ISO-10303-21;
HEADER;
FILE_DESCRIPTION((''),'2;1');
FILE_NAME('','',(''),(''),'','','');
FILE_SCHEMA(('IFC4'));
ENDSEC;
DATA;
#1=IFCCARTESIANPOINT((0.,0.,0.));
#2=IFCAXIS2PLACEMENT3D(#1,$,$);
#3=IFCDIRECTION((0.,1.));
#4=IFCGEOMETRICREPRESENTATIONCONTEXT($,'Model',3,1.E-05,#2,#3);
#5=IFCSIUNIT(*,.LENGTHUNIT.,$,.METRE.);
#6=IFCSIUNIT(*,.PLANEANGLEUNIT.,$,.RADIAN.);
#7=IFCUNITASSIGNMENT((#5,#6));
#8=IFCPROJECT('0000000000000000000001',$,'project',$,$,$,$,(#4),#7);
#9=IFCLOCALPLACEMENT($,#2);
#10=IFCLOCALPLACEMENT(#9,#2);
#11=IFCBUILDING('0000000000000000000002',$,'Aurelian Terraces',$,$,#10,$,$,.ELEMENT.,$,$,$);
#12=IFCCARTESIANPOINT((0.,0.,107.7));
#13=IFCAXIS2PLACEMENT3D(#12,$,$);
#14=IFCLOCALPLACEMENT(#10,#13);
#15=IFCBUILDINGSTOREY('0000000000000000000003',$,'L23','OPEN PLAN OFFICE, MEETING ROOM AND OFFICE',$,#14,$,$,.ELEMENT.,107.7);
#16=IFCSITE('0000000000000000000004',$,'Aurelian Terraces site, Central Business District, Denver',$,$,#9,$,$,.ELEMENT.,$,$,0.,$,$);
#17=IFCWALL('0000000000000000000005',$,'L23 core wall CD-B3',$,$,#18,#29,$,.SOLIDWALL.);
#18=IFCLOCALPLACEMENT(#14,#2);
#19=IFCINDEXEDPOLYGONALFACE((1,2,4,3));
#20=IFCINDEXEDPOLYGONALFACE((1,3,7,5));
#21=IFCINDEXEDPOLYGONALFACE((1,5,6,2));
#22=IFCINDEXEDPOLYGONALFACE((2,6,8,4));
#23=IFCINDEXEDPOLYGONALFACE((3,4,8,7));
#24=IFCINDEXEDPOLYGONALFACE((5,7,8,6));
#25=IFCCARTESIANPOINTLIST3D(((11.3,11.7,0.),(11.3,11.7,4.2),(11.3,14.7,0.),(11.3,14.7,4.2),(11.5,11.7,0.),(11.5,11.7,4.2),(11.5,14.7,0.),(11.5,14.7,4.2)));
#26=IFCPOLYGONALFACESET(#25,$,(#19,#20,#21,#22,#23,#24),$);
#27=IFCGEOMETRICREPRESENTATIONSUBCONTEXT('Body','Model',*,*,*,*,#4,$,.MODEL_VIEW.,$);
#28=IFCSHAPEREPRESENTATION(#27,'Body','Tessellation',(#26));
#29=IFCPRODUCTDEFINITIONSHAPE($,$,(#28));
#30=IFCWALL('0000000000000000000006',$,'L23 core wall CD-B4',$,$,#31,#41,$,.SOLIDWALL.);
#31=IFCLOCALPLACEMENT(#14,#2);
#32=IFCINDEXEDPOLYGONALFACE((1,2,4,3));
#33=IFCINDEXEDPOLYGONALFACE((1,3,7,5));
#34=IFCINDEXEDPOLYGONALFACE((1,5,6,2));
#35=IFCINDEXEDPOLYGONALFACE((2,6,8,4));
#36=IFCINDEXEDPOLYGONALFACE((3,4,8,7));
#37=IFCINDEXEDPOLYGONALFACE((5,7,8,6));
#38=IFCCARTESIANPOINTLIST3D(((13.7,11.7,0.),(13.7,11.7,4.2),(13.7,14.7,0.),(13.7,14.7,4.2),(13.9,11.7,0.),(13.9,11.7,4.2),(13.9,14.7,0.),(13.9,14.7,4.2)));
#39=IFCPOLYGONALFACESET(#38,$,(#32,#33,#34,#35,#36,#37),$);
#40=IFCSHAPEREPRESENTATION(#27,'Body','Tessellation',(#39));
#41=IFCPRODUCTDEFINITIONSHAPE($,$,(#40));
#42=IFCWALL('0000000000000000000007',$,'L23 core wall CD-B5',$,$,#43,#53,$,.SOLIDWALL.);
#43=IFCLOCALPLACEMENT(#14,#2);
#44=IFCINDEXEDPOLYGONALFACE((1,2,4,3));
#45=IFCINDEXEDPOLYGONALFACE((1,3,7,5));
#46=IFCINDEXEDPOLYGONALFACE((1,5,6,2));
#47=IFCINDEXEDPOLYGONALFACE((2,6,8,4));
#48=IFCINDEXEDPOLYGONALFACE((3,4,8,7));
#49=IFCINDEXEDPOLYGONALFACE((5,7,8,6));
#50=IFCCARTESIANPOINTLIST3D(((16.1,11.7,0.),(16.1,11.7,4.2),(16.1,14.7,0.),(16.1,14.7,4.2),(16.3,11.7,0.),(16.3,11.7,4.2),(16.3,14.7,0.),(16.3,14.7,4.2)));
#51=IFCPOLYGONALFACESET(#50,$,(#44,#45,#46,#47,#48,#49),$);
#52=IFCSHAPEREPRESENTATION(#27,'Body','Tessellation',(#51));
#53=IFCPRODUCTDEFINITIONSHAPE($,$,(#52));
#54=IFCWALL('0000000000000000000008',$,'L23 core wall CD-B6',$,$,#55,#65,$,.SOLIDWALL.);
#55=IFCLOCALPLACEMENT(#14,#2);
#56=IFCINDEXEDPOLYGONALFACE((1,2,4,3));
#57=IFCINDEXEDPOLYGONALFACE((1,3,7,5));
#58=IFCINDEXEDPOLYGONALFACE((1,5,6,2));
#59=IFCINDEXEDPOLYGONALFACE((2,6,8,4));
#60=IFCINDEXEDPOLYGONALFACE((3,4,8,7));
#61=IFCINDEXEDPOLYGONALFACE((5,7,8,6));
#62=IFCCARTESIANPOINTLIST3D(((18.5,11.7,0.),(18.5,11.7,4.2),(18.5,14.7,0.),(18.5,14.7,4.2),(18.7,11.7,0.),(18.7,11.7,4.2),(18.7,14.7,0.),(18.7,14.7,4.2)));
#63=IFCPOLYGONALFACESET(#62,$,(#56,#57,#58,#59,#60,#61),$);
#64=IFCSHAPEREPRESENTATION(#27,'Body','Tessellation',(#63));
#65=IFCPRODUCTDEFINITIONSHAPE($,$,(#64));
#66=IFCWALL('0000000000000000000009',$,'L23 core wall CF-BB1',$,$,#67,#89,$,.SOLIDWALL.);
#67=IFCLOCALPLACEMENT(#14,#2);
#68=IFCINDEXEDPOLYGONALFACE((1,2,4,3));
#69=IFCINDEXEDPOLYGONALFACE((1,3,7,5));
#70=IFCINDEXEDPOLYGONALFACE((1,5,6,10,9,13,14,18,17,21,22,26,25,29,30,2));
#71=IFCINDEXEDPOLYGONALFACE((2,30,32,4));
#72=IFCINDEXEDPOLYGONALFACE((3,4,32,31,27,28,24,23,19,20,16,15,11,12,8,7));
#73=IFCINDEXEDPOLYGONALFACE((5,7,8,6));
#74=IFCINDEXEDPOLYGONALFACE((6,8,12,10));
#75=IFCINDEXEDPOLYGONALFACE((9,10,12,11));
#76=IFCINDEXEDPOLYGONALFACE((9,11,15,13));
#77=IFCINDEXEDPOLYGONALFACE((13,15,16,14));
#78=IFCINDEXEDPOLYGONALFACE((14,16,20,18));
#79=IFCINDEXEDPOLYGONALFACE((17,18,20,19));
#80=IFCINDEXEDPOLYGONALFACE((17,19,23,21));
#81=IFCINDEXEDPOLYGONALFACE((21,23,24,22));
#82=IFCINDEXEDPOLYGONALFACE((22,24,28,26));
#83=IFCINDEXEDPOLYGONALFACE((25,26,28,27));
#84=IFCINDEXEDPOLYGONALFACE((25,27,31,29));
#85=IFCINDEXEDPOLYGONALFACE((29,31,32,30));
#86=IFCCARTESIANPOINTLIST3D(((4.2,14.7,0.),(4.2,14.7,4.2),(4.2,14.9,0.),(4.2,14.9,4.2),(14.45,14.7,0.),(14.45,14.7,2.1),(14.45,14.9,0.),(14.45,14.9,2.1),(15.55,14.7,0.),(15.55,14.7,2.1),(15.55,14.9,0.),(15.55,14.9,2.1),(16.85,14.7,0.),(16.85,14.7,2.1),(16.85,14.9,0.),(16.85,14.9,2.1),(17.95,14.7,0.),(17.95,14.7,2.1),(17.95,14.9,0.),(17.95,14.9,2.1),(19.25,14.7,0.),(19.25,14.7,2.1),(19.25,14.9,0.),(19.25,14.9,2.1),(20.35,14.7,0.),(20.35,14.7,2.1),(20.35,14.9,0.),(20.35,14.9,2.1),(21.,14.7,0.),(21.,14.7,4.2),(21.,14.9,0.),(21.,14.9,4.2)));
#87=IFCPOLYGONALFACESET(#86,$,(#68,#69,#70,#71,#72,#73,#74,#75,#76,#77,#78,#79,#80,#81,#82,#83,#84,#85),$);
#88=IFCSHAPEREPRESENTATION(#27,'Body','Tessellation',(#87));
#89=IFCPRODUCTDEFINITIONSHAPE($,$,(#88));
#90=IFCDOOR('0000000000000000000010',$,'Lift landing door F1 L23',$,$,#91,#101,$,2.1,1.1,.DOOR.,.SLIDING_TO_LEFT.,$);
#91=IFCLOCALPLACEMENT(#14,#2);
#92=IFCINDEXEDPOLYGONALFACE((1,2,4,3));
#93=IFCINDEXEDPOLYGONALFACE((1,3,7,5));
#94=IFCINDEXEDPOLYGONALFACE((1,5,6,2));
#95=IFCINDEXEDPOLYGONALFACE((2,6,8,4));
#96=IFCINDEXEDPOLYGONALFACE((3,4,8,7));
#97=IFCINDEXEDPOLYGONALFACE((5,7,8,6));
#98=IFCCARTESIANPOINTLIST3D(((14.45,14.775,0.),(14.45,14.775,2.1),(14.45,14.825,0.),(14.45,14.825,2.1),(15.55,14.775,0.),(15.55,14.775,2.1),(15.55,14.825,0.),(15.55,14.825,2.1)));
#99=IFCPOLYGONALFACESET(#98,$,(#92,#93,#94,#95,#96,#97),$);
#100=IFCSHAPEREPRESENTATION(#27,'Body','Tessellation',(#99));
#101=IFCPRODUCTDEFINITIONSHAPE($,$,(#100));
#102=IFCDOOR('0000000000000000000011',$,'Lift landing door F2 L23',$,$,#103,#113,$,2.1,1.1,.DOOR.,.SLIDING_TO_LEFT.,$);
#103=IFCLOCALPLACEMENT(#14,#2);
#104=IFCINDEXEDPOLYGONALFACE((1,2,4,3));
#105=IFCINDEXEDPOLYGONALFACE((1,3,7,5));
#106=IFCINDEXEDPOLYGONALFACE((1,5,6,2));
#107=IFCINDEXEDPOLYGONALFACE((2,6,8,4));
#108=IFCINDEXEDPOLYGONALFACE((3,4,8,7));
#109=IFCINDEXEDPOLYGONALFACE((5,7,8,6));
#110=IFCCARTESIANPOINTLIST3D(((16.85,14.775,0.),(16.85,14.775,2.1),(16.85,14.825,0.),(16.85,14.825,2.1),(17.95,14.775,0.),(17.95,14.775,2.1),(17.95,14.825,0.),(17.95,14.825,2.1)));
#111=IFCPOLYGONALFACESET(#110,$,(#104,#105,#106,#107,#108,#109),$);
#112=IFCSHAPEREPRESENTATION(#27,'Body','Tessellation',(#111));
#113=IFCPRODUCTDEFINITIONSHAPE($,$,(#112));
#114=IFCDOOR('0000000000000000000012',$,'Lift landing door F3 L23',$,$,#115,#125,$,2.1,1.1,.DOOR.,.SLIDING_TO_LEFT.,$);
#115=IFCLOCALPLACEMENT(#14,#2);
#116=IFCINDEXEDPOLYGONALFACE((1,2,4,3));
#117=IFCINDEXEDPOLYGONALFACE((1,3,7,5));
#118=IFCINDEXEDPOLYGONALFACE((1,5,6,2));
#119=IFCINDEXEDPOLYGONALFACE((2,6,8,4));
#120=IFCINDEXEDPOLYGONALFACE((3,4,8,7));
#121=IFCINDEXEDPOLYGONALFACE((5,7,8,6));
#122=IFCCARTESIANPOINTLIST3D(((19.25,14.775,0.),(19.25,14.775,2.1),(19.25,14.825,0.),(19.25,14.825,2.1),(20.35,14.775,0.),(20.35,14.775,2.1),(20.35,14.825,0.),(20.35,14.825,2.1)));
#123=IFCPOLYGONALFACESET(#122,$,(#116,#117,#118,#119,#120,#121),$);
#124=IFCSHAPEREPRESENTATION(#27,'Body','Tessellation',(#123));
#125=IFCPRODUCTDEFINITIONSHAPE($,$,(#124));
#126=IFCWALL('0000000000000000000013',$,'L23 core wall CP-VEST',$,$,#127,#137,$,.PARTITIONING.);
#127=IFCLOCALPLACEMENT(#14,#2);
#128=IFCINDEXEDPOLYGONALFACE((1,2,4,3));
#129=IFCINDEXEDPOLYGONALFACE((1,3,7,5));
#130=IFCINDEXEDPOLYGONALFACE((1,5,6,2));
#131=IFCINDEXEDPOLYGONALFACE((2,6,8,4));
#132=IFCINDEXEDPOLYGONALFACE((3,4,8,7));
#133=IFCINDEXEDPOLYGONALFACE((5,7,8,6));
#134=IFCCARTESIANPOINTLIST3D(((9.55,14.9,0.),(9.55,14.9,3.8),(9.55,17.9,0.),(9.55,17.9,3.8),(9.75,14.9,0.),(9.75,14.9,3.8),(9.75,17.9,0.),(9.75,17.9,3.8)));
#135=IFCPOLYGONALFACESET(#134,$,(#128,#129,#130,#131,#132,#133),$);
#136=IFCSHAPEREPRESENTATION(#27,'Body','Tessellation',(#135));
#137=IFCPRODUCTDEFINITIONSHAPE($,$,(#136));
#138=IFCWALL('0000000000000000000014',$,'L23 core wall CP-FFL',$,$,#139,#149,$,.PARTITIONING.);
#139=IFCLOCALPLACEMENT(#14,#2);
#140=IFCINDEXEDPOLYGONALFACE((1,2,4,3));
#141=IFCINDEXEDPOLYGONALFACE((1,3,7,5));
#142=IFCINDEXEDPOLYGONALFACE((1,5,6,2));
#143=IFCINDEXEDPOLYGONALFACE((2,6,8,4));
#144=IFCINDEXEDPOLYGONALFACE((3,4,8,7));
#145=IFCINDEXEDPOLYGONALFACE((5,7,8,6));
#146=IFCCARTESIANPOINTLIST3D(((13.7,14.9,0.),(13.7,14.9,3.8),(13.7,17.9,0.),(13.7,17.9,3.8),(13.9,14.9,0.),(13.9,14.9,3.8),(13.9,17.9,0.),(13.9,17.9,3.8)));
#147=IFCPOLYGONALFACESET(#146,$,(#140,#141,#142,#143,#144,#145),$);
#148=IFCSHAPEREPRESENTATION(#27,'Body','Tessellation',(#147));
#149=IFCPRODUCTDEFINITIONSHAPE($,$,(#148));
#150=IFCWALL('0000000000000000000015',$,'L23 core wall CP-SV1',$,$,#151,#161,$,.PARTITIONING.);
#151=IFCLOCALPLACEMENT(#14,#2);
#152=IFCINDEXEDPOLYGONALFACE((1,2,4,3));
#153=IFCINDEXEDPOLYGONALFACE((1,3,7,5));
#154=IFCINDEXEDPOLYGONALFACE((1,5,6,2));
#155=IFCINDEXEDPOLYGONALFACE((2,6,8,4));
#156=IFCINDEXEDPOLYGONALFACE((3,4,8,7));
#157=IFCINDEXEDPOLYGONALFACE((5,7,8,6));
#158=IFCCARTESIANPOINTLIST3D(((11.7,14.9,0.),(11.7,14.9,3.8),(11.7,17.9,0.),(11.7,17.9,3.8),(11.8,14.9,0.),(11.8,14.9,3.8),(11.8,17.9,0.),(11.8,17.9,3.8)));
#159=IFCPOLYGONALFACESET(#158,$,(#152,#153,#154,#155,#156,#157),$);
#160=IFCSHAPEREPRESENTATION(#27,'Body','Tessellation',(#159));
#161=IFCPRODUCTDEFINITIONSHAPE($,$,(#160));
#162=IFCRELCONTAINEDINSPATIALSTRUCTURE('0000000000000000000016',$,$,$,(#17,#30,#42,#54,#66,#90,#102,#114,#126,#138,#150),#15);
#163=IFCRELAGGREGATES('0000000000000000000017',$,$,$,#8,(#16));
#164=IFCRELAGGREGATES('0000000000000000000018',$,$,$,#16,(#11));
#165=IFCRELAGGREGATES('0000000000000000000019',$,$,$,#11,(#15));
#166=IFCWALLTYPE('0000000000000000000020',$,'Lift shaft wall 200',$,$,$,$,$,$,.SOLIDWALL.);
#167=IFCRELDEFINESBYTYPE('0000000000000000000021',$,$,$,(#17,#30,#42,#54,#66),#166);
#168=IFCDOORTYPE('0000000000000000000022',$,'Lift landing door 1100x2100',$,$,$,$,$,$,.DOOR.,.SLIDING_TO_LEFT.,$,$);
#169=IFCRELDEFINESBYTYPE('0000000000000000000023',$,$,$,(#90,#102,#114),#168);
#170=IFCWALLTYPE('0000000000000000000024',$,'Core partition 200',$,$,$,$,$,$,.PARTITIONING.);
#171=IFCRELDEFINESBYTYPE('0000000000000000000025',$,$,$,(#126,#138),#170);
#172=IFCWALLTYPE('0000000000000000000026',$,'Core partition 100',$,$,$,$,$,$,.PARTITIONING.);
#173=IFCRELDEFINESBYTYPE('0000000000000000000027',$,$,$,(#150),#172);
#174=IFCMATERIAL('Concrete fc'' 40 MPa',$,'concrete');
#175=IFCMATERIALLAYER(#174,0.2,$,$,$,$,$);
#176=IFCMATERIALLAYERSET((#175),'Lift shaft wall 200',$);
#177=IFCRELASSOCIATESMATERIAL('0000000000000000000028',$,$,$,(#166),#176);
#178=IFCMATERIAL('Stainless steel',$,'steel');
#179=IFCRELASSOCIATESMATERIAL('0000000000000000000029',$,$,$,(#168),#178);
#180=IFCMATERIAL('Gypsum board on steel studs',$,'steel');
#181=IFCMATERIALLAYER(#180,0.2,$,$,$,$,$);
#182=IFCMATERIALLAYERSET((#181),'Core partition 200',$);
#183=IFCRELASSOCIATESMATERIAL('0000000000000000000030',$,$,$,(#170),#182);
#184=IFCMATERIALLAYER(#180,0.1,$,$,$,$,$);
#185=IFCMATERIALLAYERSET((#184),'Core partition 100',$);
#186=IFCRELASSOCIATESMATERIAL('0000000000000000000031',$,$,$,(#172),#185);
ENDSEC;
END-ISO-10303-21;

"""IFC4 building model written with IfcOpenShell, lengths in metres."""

from ifc_helpers import new_model, si_unit, direction, frame, frame_2d, origin, place, context, subcontext, project, spatial, rectangle, extrude, source, transform, mapped, material, layer, layer_set, type_object, element, fill, save


model = new_model("IFC4")

# Units and contexts
model_context = context("Model", 3, precision=1e-05, world=origin(), true_north=direction((0.0, 1.0)))
body_context = subcontext(model_context, "Body", "Model", "MODEL_VIEW")
ifc_project = project(units=[si_unit("LENGTHUNIT", "METRE"), si_unit("PLANEANGLEUNIT", "RADIAN")], contexts=[model_context])

# Site, building, storey
site_placement = place(None, origin())
site = spatial("IfcSite", under=ifc_project, at=site_placement, Name="Aurelian Terraces site, Central Business District, Denver", CompositionType="ELEMENT", RefElevation=0.0)
building_placement = place(site_placement, origin())
building = spatial("IfcBuilding", under=site, at=building_placement, Name="Aurelian Terraces", CompositionType="ELEMENT")
storey_placement = place(building_placement, frame((0.0, 0.0, 107.7)))
storey = spatial("IfcBuildingStorey", under=building, at=storey_placement, Name="L23", Description="OPEN PLAN OFFICE, MEETING ROOM AND OFFICE", CompositionType="ELEMENT", Elevation=107.7)

# Walls
ifc_material_1 = material(Name="Concrete fc' 40 MPa", Category="concrete")
ifc_layer_1 = layer(ifc_material_1, 0.2)
ifc_layer_set_1 = layer_set([ifc_layer_1], Name="Lift shaft wall 200")
wall_type_1 = type_object("IfcWallType", Name="Lift shaft wall 200", PredefinedType="SOLIDWALL", material=ifc_layer_set_1)
shared_shape_1 = source(origin(), body_context, "Body", "SweptSolid", [
    extrude(rectangle(XDim=3.0, YDim=0.2, at=frame_2d((1.5, 0.0))), origin(), (0.0, 0.0, 1.0), 4.2),
])
for number, where, z_axis, x_axis, name in (
    (1, (11.4, 11.7, 0.0), (0.0, 0.0, 1.0), (0.0, 1.0, 0.0), "L23 core wall CD-B3"),
    (2, (13.8, 11.7, 0.0), (0.0, 0.0, 1.0), (0.0, 1.0, 0.0), "L23 core wall CD-B4"),
    (3, (16.2, 11.7, 0.0), (0.0, 0.0, 1.0), (0.0, 1.0, 0.0), "L23 core wall CD-B5"),
    (4, (18.6, 11.7, 0.0), (0.0, 0.0, 1.0), (0.0, 1.0, 0.0), "L23 core wall CD-B6"),
):
    element("IfcWall", number, at=place(storey_placement, frame(where, z_axis=z_axis, x_axis=x_axis)), inside=storey, type_object=wall_type_1, Name=name, PredefinedType="SOLIDWALL", context=body_context, shape_type="MappedRepresentation", body=[
        mapped(shared_shape_1, transform((0.0, 0.0, 0.0), scale=1.0)),
    ])

# Wall, openings, doors
shared_shape_2 = source(origin(), body_context, "Body", "SweptSolid", [
    extrude(rectangle(XDim=16.8, YDim=0.2, at=frame_2d((8.4, 0.0))), origin(), (0.0, 0.0, 1.0), 4.2),
])
wall_1_placement = place(storey_placement, frame((4.2, 14.8, 0.0), z_axis=(0.0, 0.0, 1.0), x_axis=(1.0, 0.0, 0.0)))
wall_1 = element("IfcWall", 5, at=wall_1_placement, inside=storey, type_object=wall_type_1, Name="L23 core wall CF-BB1", PredefinedType="SOLIDWALL", context=body_context, shape_type="MappedRepresentation", body=[
    mapped(shared_shape_2, transform((0.0, 0.0, 0.0), scale=1.0)),
])
shared_shape_3 = source(origin(), body_context, "Body", "SweptSolid", [
    extrude(rectangle(XDim=1.1, YDim=2.1, at=frame_2d((0.55, 1.05))), frame((0.0, 0.11, 0.0), z_axis=(0.0, -1.0, 0.0), x_axis=(1.0, 0.0, 0.0)), (0.0, 0.0, 1.0), 0.22),
])
opening_1_placement = place(wall_1_placement, frame((10.25, 0.0, 0.0)))
opening_1 = element("IfcOpeningElement", 6, at=opening_1_placement, cuts=wall_1, PredefinedType="OPENING", context=body_context, shape_type="MappedRepresentation", body=[
    mapped(shared_shape_3, transform((0.0, 0.0, 0.0), scale=1.0)),
])
opening_2_placement = place(wall_1_placement, frame((12.65, 0.0, 0.0)))
opening_2 = element("IfcOpeningElement", 7, at=opening_2_placement, cuts=wall_1, PredefinedType="OPENING", context=body_context, shape_type="MappedRepresentation", body=[
    mapped(shared_shape_3, transform((0.0, 0.0, 0.0), scale=1.0)),
])
opening_3_placement = place(wall_1_placement, frame((15.05, 0.0, 0.0)))
opening_3 = element("IfcOpeningElement", 8, at=opening_3_placement, cuts=wall_1, PredefinedType="OPENING", context=body_context, shape_type="MappedRepresentation", body=[
    mapped(shared_shape_3, transform((0.0, 0.0, 0.0), scale=1.0)),
])
ifc_material_2 = material(Name="Stainless steel", Category="steel")
door_type_1 = type_object("IfcDoorType", Name="Lift landing door 1100x2100", OperationType="SLIDING_TO_LEFT", PredefinedType="DOOR", material=ifc_material_2)
shared_shape_4 = source(origin(), body_context, "Body", "SweptSolid", [
    extrude(rectangle(XDim=1.1, YDim=2.1, at=frame_2d((0.55, 1.05))), frame((0.0, 0.025, 0.0), z_axis=(0.0, -1.0, 0.0), x_axis=(1.0, 0.0, 0.0)), (0.0, 0.0, 1.0), 0.05),
])
door_1_placement = place(opening_1_placement, origin())
door_1 = element("IfcDoor", 9, at=door_1_placement, inside=storey, type_object=door_type_1, Name="Lift landing door F1 L23", OperationType="SLIDING_TO_LEFT", OverallHeight=2.1, OverallWidth=1.1, PredefinedType="DOOR", context=body_context, shape_type="MappedRepresentation", body=[
    mapped(shared_shape_4, transform((0.0, 0.0, 0.0), scale=1.0)),
])
fill(opening_1, door_1)
door_2_placement = place(opening_2_placement, origin())
door_2 = element("IfcDoor", 10, at=door_2_placement, inside=storey, type_object=door_type_1, Name="Lift landing door F2 L23", OperationType="SLIDING_TO_LEFT", OverallHeight=2.1, OverallWidth=1.1, PredefinedType="DOOR", context=body_context, shape_type="MappedRepresentation", body=[
    mapped(shared_shape_4, transform((0.0, 0.0, 0.0), scale=1.0)),
])
fill(opening_2, door_2)
door_3_placement = place(opening_3_placement, origin())
door_3 = element("IfcDoor", 11, at=door_3_placement, inside=storey, type_object=door_type_1, Name="Lift landing door F3 L23", OperationType="SLIDING_TO_LEFT", OverallHeight=2.1, OverallWidth=1.1, PredefinedType="DOOR", context=body_context, shape_type="MappedRepresentation", body=[
    mapped(shared_shape_4, transform((0.0, 0.0, 0.0), scale=1.0)),
])
fill(opening_3, door_3)

# Walls
ifc_material_3 = material(Name="Gypsum board on steel studs", Category="steel")
ifc_layer_2 = layer(ifc_material_3, 0.2)
ifc_layer_set_2 = layer_set([ifc_layer_2], Name="Core partition 200")
wall_type_2 = type_object("IfcWallType", Name="Core partition 200", PredefinedType="PARTITIONING", material=ifc_layer_set_2)
shared_shape_5 = source(origin(), body_context, "Body", "SweptSolid", [
    extrude(rectangle(XDim=3.0, YDim=0.2, at=frame_2d((1.5, 0.0))), origin(), (0.0, 0.0, 1.0), 3.8),
])
for number, where, z_axis, x_axis, name in (
    (12, (9.65, 14.9, 0.0), (0.0, 0.0, 1.0), (0.0, 1.0, 0.0), "L23 core wall CP-VEST"),
    (13, (13.8, 14.9, 0.0), (0.0, 0.0, 1.0), (0.0, 1.0, 0.0), "L23 core wall CP-FFL"),
):
    element("IfcWall", number, at=place(storey_placement, frame(where, z_axis=z_axis, x_axis=x_axis)), inside=storey, type_object=wall_type_2, Name=name, PredefinedType="PARTITIONING", context=body_context, shape_type="MappedRepresentation", body=[
        mapped(shared_shape_5, transform((0.0, 0.0, 0.0), scale=1.0)),
    ])
ifc_layer_3 = layer(ifc_material_3, 0.1)
ifc_layer_set_3 = layer_set([ifc_layer_3], Name="Core partition 100")
wall_type_3 = type_object("IfcWallType", Name="Core partition 100", PredefinedType="PARTITIONING", material=ifc_layer_set_3)
shared_shape_6 = source(origin(), body_context, "Body", "SweptSolid", [
    extrude(rectangle(XDim=3.0, YDim=0.1, at=frame_2d((1.5, 0.0))), origin(), (0.0, 0.0, 1.0), 3.8),
])
wall_2_placement = place(storey_placement, frame((11.75, 14.9, 0.0), z_axis=(0.0, 0.0, 1.0), x_axis=(0.0, 1.0, 0.0)))
element("IfcWall", 14, at=wall_2_placement, inside=storey, type_object=wall_type_3, Name="L23 core wall CP-SV1", PredefinedType="PARTITIONING", context=body_context, shape_type="MappedRepresentation", body=[
    mapped(shared_shape_6, transform((0.0, 0.0, 0.0), scale=1.0)),
])

save(model, "model.ifc")
